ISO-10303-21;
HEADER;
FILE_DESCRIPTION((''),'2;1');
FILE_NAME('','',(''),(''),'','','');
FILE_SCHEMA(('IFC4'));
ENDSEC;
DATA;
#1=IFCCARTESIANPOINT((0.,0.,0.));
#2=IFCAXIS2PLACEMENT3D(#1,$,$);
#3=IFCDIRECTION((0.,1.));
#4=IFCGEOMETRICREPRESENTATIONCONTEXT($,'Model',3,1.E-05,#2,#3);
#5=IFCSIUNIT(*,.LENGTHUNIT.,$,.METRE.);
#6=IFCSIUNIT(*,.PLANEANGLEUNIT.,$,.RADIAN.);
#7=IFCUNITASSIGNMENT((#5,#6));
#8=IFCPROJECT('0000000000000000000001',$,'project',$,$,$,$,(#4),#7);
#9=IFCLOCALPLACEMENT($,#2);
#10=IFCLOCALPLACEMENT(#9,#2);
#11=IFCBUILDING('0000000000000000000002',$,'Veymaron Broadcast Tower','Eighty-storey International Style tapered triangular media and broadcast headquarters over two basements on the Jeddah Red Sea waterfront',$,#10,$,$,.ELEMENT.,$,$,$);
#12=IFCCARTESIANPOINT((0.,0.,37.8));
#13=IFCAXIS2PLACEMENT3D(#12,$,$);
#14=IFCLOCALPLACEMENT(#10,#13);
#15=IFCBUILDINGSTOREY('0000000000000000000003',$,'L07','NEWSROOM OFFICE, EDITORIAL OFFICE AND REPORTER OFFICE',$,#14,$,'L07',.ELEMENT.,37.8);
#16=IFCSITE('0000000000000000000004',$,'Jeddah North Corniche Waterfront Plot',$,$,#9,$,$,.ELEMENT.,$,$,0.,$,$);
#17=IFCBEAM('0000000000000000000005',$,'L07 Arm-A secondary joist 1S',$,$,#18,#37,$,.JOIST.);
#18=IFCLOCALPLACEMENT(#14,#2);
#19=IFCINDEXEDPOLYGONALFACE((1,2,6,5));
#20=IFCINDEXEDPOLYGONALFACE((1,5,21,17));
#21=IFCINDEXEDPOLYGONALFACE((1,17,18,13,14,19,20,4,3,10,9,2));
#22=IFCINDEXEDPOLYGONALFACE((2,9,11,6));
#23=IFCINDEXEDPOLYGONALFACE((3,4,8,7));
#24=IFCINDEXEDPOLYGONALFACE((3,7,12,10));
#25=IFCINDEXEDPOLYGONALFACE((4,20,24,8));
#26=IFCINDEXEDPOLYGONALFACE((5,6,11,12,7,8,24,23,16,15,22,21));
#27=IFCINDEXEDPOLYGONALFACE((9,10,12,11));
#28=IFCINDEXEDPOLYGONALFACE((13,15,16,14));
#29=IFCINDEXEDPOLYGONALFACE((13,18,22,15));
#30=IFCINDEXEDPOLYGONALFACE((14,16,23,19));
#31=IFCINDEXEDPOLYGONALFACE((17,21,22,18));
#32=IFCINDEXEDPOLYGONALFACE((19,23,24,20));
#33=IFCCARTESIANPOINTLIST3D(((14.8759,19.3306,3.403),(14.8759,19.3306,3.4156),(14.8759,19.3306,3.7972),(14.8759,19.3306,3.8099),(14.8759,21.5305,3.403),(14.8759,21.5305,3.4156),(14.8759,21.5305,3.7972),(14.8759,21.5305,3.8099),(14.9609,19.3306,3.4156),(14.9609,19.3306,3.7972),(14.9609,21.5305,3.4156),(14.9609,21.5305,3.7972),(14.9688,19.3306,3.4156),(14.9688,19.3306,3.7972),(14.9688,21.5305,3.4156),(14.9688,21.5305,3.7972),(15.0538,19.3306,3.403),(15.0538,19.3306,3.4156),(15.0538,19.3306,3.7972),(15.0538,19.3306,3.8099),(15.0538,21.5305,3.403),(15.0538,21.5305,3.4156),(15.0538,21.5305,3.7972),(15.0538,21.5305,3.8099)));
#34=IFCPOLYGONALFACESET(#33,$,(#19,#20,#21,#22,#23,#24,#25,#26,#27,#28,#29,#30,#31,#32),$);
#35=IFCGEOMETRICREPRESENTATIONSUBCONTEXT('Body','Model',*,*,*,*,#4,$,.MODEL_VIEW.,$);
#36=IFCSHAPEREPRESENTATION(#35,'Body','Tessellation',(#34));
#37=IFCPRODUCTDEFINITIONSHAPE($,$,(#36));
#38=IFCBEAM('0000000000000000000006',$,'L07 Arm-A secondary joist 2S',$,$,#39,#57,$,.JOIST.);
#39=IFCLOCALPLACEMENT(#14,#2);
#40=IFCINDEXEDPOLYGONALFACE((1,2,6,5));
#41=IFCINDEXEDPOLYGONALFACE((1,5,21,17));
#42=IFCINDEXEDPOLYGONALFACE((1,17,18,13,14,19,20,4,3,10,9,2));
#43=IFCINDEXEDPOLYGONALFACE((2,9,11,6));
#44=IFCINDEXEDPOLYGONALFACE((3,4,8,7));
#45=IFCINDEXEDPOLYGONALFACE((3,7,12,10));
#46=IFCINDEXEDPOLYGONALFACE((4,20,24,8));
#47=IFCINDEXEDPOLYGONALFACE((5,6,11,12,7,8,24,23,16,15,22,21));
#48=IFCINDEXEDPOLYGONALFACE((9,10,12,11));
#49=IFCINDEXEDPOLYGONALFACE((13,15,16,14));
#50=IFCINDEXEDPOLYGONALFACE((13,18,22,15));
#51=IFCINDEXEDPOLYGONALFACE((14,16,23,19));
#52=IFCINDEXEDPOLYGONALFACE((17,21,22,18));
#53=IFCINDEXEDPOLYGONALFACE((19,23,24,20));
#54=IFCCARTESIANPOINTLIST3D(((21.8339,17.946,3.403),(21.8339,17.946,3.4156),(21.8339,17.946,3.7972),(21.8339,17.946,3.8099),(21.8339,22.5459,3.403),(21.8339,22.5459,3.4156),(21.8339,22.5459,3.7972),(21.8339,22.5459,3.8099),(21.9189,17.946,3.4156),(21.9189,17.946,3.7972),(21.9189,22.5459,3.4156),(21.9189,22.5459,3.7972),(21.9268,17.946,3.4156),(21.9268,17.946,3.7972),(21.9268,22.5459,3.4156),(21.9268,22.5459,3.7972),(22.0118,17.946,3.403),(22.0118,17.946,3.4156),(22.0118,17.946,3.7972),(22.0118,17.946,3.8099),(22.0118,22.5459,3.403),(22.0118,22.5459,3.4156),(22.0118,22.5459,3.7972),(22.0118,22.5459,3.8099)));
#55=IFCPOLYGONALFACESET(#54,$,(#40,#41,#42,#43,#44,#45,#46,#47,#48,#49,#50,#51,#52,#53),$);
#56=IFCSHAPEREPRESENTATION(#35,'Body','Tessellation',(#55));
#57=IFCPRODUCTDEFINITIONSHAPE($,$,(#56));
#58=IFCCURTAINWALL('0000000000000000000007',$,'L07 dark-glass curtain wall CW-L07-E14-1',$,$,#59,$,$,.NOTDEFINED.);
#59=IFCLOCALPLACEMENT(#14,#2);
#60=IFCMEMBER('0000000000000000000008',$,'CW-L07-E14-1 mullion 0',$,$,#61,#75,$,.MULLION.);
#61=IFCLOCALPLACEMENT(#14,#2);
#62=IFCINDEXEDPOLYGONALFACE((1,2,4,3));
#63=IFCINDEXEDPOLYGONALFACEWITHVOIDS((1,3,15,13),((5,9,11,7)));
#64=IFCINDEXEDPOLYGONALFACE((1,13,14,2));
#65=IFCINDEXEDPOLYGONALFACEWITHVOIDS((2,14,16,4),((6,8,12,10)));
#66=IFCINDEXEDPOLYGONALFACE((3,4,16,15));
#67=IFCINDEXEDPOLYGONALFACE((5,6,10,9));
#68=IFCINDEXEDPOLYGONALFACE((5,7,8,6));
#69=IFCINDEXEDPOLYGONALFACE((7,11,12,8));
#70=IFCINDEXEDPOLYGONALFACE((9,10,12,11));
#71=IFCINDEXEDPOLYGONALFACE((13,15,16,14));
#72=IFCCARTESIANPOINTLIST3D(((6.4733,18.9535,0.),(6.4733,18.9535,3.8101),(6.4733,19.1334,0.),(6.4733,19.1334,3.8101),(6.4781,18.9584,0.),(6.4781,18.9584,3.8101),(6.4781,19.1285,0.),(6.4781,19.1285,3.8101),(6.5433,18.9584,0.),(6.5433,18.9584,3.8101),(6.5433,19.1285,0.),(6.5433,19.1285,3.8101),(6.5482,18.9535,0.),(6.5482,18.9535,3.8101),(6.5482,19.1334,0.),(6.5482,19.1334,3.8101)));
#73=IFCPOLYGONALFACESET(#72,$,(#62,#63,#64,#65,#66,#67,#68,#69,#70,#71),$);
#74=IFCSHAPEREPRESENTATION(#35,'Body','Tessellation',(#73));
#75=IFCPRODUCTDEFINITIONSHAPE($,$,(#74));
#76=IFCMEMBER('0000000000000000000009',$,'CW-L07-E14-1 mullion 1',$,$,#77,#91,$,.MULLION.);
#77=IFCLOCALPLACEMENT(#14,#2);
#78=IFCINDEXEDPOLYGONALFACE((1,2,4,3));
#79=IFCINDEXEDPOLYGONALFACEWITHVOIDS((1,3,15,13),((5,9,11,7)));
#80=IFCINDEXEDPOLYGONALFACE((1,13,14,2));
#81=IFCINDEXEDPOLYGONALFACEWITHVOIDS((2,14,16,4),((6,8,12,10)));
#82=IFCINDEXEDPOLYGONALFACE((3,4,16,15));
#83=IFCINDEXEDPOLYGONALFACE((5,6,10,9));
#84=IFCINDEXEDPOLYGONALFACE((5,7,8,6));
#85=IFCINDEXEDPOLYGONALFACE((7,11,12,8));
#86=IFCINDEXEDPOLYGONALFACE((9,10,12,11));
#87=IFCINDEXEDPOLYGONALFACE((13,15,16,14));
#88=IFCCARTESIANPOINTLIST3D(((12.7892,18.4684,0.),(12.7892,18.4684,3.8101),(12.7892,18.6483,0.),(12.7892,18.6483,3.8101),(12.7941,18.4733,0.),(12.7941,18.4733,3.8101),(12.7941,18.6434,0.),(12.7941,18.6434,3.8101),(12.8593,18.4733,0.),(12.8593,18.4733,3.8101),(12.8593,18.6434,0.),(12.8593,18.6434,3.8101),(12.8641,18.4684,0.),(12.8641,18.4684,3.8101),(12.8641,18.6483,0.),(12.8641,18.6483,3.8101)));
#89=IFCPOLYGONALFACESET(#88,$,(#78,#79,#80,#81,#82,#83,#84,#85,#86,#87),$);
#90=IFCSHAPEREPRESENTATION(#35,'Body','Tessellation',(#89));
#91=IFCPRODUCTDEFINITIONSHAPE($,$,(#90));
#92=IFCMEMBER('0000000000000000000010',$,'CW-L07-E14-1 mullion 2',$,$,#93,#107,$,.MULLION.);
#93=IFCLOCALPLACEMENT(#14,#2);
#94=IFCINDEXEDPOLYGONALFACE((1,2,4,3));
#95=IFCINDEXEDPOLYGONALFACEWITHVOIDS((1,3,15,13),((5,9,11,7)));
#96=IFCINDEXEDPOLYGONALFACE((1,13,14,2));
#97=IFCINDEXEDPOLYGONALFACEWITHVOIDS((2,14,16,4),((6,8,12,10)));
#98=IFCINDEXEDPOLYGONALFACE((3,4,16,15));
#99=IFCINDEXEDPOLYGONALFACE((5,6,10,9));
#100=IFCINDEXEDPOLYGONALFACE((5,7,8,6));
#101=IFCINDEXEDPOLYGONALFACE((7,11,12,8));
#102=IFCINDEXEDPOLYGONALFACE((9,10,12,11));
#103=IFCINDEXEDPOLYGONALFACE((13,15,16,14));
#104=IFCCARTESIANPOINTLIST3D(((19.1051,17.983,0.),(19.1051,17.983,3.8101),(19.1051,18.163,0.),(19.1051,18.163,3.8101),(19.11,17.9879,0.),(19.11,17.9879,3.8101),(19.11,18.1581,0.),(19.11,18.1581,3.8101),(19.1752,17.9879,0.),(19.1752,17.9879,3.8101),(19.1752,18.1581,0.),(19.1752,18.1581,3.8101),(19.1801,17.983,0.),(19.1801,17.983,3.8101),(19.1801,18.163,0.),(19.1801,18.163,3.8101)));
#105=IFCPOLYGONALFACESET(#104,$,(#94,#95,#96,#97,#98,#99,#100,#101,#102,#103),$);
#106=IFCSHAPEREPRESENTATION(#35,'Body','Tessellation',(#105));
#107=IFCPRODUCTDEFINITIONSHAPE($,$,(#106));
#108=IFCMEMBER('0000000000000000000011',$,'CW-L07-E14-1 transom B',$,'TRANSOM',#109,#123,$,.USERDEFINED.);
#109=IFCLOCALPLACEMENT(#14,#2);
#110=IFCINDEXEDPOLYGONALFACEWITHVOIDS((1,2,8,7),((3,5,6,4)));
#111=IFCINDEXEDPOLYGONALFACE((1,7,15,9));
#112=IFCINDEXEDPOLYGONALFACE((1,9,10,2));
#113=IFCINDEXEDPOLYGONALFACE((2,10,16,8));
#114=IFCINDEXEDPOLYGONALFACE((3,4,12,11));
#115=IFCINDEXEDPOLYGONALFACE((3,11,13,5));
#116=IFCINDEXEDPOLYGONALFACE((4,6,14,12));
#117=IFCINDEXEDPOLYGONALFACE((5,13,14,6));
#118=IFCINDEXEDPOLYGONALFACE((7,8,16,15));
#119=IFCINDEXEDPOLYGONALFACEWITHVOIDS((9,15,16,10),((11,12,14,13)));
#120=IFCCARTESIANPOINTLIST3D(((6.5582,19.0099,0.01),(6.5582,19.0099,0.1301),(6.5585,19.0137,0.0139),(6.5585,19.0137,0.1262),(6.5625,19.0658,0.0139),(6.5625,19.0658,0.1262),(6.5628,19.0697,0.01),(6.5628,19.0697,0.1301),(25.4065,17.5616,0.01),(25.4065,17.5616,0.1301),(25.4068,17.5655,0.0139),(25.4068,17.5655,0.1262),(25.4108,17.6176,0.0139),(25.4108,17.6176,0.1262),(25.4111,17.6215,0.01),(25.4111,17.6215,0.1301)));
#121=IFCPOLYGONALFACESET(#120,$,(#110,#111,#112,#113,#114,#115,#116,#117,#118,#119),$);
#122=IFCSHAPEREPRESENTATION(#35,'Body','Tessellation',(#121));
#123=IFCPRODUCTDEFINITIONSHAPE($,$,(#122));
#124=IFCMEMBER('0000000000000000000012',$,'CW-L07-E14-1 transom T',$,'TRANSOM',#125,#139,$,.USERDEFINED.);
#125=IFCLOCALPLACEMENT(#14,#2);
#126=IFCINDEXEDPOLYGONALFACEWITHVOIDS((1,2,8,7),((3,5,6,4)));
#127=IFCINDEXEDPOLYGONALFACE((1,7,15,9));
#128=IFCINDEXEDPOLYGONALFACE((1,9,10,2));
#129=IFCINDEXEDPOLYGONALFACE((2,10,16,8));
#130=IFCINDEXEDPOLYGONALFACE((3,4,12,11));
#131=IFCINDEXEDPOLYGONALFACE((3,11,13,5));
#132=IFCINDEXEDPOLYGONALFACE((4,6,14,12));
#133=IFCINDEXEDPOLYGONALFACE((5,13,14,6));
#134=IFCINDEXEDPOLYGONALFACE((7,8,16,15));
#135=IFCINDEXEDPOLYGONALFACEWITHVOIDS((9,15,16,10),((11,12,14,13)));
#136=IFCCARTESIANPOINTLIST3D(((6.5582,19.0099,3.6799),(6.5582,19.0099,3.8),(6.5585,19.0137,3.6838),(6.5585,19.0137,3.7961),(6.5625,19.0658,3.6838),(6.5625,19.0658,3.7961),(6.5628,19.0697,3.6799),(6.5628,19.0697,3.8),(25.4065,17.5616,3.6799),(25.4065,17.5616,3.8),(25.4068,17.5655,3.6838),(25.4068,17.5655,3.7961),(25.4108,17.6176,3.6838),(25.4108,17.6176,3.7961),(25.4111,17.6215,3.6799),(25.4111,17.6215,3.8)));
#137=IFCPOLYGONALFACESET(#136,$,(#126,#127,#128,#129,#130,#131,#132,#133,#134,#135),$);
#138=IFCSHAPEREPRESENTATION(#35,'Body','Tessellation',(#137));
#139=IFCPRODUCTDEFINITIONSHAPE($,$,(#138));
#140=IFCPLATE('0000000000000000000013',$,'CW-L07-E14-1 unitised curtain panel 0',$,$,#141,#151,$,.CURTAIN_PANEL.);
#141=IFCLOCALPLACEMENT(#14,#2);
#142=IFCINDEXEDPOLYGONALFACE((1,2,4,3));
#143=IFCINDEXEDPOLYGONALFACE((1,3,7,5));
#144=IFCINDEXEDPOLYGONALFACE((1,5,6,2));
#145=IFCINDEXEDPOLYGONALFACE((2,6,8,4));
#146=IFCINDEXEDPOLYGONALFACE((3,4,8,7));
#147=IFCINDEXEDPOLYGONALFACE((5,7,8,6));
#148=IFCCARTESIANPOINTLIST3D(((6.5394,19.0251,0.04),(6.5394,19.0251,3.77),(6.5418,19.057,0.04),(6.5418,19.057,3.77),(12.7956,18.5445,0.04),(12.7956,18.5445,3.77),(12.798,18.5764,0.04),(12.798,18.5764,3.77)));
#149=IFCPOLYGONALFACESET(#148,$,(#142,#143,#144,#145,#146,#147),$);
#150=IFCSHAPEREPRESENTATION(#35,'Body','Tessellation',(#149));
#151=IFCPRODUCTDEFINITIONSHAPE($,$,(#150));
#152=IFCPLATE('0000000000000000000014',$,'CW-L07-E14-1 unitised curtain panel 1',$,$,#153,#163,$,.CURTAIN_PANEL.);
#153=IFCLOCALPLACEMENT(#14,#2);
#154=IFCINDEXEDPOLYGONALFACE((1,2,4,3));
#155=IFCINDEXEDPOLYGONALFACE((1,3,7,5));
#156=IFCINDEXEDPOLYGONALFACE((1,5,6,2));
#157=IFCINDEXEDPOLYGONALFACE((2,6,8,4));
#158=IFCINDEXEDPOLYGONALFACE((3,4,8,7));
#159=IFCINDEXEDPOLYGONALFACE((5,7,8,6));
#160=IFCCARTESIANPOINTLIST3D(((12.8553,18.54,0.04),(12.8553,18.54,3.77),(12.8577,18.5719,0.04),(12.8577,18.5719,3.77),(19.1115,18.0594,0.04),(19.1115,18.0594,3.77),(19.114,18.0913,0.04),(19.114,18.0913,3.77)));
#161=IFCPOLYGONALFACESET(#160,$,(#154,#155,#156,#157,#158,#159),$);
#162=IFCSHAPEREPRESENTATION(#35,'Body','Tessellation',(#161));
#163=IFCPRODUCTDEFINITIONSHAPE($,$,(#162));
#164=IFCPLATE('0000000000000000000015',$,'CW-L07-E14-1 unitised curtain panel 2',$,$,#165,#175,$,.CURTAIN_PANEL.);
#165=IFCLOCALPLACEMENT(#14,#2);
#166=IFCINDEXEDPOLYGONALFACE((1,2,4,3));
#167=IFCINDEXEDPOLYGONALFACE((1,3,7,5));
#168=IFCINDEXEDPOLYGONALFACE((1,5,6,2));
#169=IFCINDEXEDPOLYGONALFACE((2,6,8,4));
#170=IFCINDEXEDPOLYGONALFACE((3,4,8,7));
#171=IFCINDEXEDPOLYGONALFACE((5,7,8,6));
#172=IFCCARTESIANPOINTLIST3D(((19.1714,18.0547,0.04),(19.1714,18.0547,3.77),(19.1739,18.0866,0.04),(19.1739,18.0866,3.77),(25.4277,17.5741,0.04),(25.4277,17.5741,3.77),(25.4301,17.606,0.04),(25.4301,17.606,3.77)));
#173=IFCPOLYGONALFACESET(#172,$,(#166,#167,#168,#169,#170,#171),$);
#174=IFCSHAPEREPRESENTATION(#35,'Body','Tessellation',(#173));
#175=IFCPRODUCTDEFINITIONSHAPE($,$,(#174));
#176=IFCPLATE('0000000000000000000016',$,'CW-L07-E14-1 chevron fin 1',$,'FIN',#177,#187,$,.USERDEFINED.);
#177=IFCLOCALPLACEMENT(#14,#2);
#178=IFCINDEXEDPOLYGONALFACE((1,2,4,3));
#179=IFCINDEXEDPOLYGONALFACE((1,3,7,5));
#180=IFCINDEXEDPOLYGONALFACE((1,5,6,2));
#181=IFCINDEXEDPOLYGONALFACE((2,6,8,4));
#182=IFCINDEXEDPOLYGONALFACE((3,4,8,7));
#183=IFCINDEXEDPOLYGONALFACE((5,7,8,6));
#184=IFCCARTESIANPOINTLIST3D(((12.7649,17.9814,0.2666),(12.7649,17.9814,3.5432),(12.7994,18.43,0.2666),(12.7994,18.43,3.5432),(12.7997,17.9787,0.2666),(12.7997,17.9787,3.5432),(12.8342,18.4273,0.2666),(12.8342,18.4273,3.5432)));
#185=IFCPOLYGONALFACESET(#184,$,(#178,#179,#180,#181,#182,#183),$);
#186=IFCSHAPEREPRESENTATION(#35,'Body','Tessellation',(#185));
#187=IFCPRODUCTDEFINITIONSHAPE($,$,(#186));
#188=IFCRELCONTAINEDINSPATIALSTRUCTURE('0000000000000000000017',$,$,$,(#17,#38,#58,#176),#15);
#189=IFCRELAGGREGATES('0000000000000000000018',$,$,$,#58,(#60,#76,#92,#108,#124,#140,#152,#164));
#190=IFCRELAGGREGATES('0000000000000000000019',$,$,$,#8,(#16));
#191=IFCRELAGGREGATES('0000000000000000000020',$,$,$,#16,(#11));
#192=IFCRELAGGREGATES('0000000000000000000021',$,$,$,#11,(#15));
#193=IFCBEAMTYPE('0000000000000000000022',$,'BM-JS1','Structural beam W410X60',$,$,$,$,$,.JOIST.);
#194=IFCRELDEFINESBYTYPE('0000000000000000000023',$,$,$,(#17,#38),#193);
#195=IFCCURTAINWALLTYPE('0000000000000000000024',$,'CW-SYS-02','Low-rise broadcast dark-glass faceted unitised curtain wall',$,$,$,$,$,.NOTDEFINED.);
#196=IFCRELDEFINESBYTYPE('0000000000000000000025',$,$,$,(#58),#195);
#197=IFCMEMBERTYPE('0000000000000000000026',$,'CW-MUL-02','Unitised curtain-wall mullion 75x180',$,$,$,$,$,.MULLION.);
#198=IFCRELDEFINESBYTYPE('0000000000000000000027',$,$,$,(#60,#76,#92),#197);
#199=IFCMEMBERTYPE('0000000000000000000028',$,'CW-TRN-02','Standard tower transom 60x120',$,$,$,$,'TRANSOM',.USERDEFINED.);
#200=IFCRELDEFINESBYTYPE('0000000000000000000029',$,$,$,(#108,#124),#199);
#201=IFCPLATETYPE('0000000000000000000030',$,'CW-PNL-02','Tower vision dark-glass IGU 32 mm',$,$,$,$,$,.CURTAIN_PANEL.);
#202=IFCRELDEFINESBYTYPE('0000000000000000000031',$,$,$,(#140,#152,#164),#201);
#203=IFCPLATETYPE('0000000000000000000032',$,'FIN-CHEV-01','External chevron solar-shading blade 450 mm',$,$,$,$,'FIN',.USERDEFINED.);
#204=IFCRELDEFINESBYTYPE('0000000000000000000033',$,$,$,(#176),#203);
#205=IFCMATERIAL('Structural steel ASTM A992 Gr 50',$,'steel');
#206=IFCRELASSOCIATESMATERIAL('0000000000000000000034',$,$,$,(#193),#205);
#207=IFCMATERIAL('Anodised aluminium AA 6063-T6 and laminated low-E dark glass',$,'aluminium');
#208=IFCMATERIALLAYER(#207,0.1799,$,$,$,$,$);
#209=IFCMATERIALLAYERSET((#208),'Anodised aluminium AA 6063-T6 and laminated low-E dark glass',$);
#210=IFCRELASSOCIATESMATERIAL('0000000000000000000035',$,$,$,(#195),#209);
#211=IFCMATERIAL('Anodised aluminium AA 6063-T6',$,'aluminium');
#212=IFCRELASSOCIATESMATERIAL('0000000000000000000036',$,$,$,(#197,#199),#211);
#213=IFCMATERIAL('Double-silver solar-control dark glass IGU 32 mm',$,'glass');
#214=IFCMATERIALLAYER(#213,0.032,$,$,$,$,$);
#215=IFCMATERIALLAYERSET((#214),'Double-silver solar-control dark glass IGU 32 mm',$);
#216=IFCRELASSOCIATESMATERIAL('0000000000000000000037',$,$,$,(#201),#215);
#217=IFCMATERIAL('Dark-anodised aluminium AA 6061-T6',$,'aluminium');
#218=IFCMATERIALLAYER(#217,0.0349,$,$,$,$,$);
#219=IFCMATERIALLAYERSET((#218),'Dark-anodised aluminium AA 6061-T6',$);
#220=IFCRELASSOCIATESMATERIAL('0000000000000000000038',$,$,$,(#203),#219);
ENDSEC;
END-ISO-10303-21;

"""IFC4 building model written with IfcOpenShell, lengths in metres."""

from ifc_helpers import new_model, si_unit, direction, frame, origin, origin_2d, place, context, subcontext, project, spatial, rectangle, hollow_rectangle, i_section, extrude, material, layer, layer_set, material_profile, profile_set, type_object, element, aggregate, save


model = new_model("IFC4")

# Units and contexts
model_context = context("Model", 3, precision=1e-05, world=origin(), true_north=direction((0.0, 1.0)))
body_context = subcontext(model_context, "Body", "Model", "MODEL_VIEW")
ifc_project = project(units=[si_unit("LENGTHUNIT", "METRE"), si_unit("PLANEANGLEUNIT", "RADIAN")], contexts=[model_context])

# Site, building, storey
site_placement = place(None, origin())
site = spatial("IfcSite", under=ifc_project, at=site_placement, Name="Jeddah North Corniche Waterfront Plot", CompositionType="ELEMENT", RefElevation=0.0)
building_placement = place(site_placement, origin())
building = spatial("IfcBuilding", under=site, at=building_placement, Name="Veymaron Broadcast Tower", Description="Eighty-storey International Style tapered triangular media and broadcast headquarters over two basements on the Jeddah Red Sea waterfront", CompositionType="ELEMENT")
storey_placement = place(building_placement, frame((0.0, 0.0, 37.8)))
storey = spatial("IfcBuildingStorey", under=building, at=storey_placement, Name="L07", Description="NEWSROOM OFFICE, EDITORIAL OFFICE AND REPORTER OFFICE", LongName="L07", CompositionType="ELEMENT", Elevation=37.8)

# Beams
ifc_material_1 = material(Name="Structural steel ASTM A992 Gr 50", Category="steel")
ifc_material_profile_1 = material_profile(ifc_material_1, i_section(OverallWidth=0.178, OverallDepth=0.407, WebThickness=0.0078, FlangeThickness=0.0127, at=origin_2d()), Name="W410X60")
ifc_profile_set_1 = profile_set([ifc_material_profile_1], Name="Structural steel ASTM A992 Gr 50")
beam_type = type_object("IfcBeamType", Name="BM-JS1", Description="Structural beam W410X60", PredefinedType="JOIST", material=ifc_profile_set_1)
beam_1_placement = place(storey_placement, frame((14.9648, 19.3306, 3.6064), z_axis=(0.0, 1.0, 0.0), x_axis=(-1.0, 0.0, 0.0)))
element("IfcBeam", 1, at=beam_1_placement, inside=storey, type_object=beam_type, Name="L07 Arm-A secondary joist 1S", PredefinedType="JOIST", context=body_context, shape_type="SweptSolid", body=[
    extrude(i_section(OverallWidth=0.178, OverallDepth=0.407, WebThickness=0.0078, FlangeThickness=0.0127, at=origin_2d()), origin(), (0.0, 0.0, 1.0), 2.2),
])
beam_2_placement = place(storey_placement, frame((21.9229, 17.946, 3.6064), z_axis=(0.0, 1.0, 0.0), x_axis=(-1.0, 0.0, 0.0)))
element("IfcBeam", 2, at=beam_2_placement, inside=storey, type_object=beam_type, Name="L07 Arm-A secondary joist 2S", PredefinedType="JOIST", context=body_context, shape_type="SweptSolid", body=[
    extrude(i_section(OverallWidth=0.178, OverallDepth=0.407, WebThickness=0.0078, FlangeThickness=0.0127, at=origin_2d()), origin(), (0.0, 0.0, 1.0), 4.5999),
])

# Curtain wall, members, plates
ifc_material_2 = material(Name="Anodised aluminium AA 6063-T6 and laminated low-E dark glass", Category="aluminium")
ifc_layer_1 = layer(ifc_material_2, 0.1799)
ifc_layer_set_1 = layer_set([ifc_layer_1], Name="Anodised aluminium AA 6063-T6 and laminated low-E dark glass")
curtain_wall_type = type_object("IfcCurtainWallType", Name="CW-SYS-02", Description="Low-rise broadcast dark-glass faceted unitised curtain wall", PredefinedType="NOTDEFINED", material=ifc_layer_set_1)
curtain_wall_placement = place(storey_placement, origin())
curtain_wall = element("IfcCurtainWall", 3, at=curtain_wall_placement, inside=storey, type_object=curtain_wall_type, Name="L07 dark-glass curtain wall CW-L07-E14-1", PredefinedType="NOTDEFINED")
ifc_material_3 = material(Name="Anodised aluminium AA 6063-T6", Category="aluminium")
ifc_material_profile_2 = material_profile(ifc_material_3, hollow_rectangle(XDim=0.075, YDim=0.1799, WallThickness=0.0049, at=origin_2d()), Name="AL180X75X5")
ifc_profile_set_2 = profile_set([ifc_material_profile_2], Name="Anodised aluminium AA 6063-T6")
member_type_1 = type_object("IfcMemberType", Name="CW-MUL-02", Description="Unitised curtain-wall mullion 75x180", PredefinedType="MULLION", material=ifc_profile_set_2)
member_1_placement = place(storey_placement, frame((6.5107, 19.0435, 0.0), z_axis=(0.0, 0.0, 1.0), x_axis=(1.0, 0.0, 0.0)))
member_1 = element("IfcMember", 4, at=member_1_placement, type_object=member_type_1, Name="CW-L07-E14-1 mullion 0", PredefinedType="MULLION", context=body_context, shape_type="SweptSolid", body=[
    extrude(hollow_rectangle(XDim=0.075, YDim=0.1799, WallThickness=0.0049, at=origin_2d()), origin(), (0.0, 0.0, 1.0), 3.8101),
])
member_2_placement = place(storey_placement, frame((12.8267, 18.5583, 0.0), z_axis=(0.0, 0.0, 1.0), x_axis=(1.0, 0.0, 0.0)))
member_2 = element("IfcMember", 5, at=member_2_placement, type_object=member_type_1, Name="CW-L07-E14-1 mullion 1", PredefinedType="MULLION", context=body_context, shape_type="SweptSolid", body=[
    extrude(hollow_rectangle(XDim=0.075, YDim=0.1799, WallThickness=0.0049, at=origin_2d()), origin(), (0.0, 0.0, 1.0), 3.8101),
])
member_3_placement = place(storey_placement, frame((19.1426, 18.073, 0.0), z_axis=(0.0, 0.0, 1.0), x_axis=(1.0, 0.0, 0.0)))
member_3 = element("IfcMember", 6, at=member_3_placement, type_object=member_type_1, Name="CW-L07-E14-1 mullion 2", PredefinedType="MULLION", context=body_context, shape_type="SweptSolid", body=[
    extrude(hollow_rectangle(XDim=0.075, YDim=0.1799, WallThickness=0.0049, at=origin_2d()), origin(), (0.0, 0.0, 1.0), 3.8101),
])
ifc_material_profile_3 = material_profile(ifc_material_3, hollow_rectangle(XDim=0.0601, YDim=0.1201, WallThickness=0.0039, at=origin_2d()), Name="AL120X60X4")
ifc_profile_set_3 = profile_set([ifc_material_profile_3], Name="Anodised aluminium AA 6063-T6")
member_type_2 = type_object("IfcMemberType", Name="CW-TRN-02", Description="Standard tower transom 60x120", ElementType="TRANSOM", PredefinedType="USERDEFINED", material=ifc_profile_set_3)
member_4_placement = place(storey_placement, frame((6.5605, 19.0398, 0.0701), z_axis=(0.997061, -0.076612, 0.0), x_axis=(0.076612, 0.997061, 0.0)))
member_4 = element("IfcMember", 7, at=member_4_placement, type_object=member_type_2, Name="CW-L07-E14-1 transom B", ObjectType="TRANSOM", PredefinedType="USERDEFINED", context=body_context, shape_type="SweptSolid", body=[
    extrude(hollow_rectangle(XDim=0.0601, YDim=0.1201, WallThickness=0.0039, at=origin_2d()), origin(), (0.0, 0.0, 1.0), 18.9038),
])
member_5_placement = place(storey_placement, frame((6.5605, 19.0398, 3.74), z_axis=(0.997061, -0.076612, 0.0), x_axis=(0.076612, 0.997061, 0.0)))
member_5 = element("IfcMember", 8, at=member_5_placement, type_object=member_type_2, Name="CW-L07-E14-1 transom T", ObjectType="TRANSOM", PredefinedType="USERDEFINED", context=body_context, shape_type="SweptSolid", body=[
    extrude(hollow_rectangle(XDim=0.0601, YDim=0.1201, WallThickness=0.0039, at=origin_2d()), origin(), (0.0, 0.0, 1.0), 18.9038),
])
ifc_material_4 = material(Name="Double-silver solar-control dark glass IGU 32 mm", Category="glass")
ifc_layer_2 = layer(ifc_material_4, 0.032)
ifc_layer_set_2 = layer_set([ifc_layer_2], Name="Double-silver solar-control dark glass IGU 32 mm")
plate_type_1 = type_object("IfcPlateType", Name="CW-PNL-02", Description="Tower vision dark-glass IGU 32 mm", PredefinedType="CURTAIN_PANEL", material=ifc_layer_set_2)
plate_1_placement = place(storey_placement, frame((9.6687, 18.8008, 0.04), z_axis=(0.0, 0.0, 1.0), x_axis=(0.997062, -0.076597, 0.0)))
plate_1 = element("IfcPlate", 9, at=plate_1_placement, type_object=plate_type_1, Name="CW-L07-E14-1 unitised curtain panel 0", PredefinedType="CURTAIN_PANEL", context=body_context, shape_type="SweptSolid", body=[
    extrude(rectangle(XDim=6.2747, YDim=0.032, at=origin_2d()), origin(), (0.0, 0.0, 1.0), 3.73),
])
plate_2_placement = place(storey_placement, frame((15.9846, 18.3157, 0.04), z_axis=(0.0, 0.0, 1.0), x_axis=(0.997062, -0.076597, 0.0)))
plate_2 = element("IfcPlate", 10, at=plate_2_placement, type_object=plate_type_1, Name="CW-L07-E14-1 unitised curtain panel 1", PredefinedType="CURTAIN_PANEL", context=body_context, shape_type="SweptSolid", body=[
    extrude(rectangle(XDim=6.2747, YDim=0.032, at=origin_2d()), origin(), (0.0, 0.0, 1.0), 3.73),
])
plate_3_placement = place(storey_placement, frame((22.3008, 17.8303, 0.04), z_axis=(0.0, 0.0, 1.0), x_axis=(0.997062, -0.076597, 0.0)))
plate_3 = element("IfcPlate", 11, at=plate_3_placement, type_object=plate_type_1, Name="CW-L07-E14-1 unitised curtain panel 2", PredefinedType="CURTAIN_PANEL", context=body_context, shape_type="SweptSolid", body=[
    extrude(rectangle(XDim=6.2747, YDim=0.032, at=origin_2d()), origin(), (0.0, 0.0, 1.0), 3.73),
])
aggregate(curtain_wall, [member_1, member_2, member_3, member_4, member_5, plate_1, plate_2, plate_3])

# Plate
ifc_material_5 = material(Name="Dark-anodised aluminium AA 6061-T6", Category="aluminium")
ifc_layer_3 = layer(ifc_material_5, 0.0349)
ifc_layer_set_3 = layer_set([ifc_layer_3], Name="Dark-anodised aluminium AA 6061-T6")
plate_type_2 = type_object("IfcPlateType", Name="FIN-CHEV-01", Description="External chevron solar-shading blade 450 mm", ElementType="FIN", PredefinedType="USERDEFINED", material=ifc_layer_set_3)
for number, where, z_axis, x_axis, name in (
    (12, (12.7996, 18.2043, 0.2666), (0.0, 0.0, 1.0), (-0.076597, -0.997062, 0.0), "CW-L07-E14-1 chevron fin 1"),
):
    element("IfcPlate", number, at=place(storey_placement, frame(where, z_axis=z_axis, x_axis=x_axis)), inside=storey, type_object=plate_type_2, Name=name, ObjectType="FIN", PredefinedType="USERDEFINED", context=body_context, shape_type="SweptSolid", body=[
        extrude(rectangle(XDim=0.45, YDim=0.0349, at=origin_2d()), origin(), (0.0, 0.0, 1.0), 3.2766),
    ])

save(model, "model.ifc")
